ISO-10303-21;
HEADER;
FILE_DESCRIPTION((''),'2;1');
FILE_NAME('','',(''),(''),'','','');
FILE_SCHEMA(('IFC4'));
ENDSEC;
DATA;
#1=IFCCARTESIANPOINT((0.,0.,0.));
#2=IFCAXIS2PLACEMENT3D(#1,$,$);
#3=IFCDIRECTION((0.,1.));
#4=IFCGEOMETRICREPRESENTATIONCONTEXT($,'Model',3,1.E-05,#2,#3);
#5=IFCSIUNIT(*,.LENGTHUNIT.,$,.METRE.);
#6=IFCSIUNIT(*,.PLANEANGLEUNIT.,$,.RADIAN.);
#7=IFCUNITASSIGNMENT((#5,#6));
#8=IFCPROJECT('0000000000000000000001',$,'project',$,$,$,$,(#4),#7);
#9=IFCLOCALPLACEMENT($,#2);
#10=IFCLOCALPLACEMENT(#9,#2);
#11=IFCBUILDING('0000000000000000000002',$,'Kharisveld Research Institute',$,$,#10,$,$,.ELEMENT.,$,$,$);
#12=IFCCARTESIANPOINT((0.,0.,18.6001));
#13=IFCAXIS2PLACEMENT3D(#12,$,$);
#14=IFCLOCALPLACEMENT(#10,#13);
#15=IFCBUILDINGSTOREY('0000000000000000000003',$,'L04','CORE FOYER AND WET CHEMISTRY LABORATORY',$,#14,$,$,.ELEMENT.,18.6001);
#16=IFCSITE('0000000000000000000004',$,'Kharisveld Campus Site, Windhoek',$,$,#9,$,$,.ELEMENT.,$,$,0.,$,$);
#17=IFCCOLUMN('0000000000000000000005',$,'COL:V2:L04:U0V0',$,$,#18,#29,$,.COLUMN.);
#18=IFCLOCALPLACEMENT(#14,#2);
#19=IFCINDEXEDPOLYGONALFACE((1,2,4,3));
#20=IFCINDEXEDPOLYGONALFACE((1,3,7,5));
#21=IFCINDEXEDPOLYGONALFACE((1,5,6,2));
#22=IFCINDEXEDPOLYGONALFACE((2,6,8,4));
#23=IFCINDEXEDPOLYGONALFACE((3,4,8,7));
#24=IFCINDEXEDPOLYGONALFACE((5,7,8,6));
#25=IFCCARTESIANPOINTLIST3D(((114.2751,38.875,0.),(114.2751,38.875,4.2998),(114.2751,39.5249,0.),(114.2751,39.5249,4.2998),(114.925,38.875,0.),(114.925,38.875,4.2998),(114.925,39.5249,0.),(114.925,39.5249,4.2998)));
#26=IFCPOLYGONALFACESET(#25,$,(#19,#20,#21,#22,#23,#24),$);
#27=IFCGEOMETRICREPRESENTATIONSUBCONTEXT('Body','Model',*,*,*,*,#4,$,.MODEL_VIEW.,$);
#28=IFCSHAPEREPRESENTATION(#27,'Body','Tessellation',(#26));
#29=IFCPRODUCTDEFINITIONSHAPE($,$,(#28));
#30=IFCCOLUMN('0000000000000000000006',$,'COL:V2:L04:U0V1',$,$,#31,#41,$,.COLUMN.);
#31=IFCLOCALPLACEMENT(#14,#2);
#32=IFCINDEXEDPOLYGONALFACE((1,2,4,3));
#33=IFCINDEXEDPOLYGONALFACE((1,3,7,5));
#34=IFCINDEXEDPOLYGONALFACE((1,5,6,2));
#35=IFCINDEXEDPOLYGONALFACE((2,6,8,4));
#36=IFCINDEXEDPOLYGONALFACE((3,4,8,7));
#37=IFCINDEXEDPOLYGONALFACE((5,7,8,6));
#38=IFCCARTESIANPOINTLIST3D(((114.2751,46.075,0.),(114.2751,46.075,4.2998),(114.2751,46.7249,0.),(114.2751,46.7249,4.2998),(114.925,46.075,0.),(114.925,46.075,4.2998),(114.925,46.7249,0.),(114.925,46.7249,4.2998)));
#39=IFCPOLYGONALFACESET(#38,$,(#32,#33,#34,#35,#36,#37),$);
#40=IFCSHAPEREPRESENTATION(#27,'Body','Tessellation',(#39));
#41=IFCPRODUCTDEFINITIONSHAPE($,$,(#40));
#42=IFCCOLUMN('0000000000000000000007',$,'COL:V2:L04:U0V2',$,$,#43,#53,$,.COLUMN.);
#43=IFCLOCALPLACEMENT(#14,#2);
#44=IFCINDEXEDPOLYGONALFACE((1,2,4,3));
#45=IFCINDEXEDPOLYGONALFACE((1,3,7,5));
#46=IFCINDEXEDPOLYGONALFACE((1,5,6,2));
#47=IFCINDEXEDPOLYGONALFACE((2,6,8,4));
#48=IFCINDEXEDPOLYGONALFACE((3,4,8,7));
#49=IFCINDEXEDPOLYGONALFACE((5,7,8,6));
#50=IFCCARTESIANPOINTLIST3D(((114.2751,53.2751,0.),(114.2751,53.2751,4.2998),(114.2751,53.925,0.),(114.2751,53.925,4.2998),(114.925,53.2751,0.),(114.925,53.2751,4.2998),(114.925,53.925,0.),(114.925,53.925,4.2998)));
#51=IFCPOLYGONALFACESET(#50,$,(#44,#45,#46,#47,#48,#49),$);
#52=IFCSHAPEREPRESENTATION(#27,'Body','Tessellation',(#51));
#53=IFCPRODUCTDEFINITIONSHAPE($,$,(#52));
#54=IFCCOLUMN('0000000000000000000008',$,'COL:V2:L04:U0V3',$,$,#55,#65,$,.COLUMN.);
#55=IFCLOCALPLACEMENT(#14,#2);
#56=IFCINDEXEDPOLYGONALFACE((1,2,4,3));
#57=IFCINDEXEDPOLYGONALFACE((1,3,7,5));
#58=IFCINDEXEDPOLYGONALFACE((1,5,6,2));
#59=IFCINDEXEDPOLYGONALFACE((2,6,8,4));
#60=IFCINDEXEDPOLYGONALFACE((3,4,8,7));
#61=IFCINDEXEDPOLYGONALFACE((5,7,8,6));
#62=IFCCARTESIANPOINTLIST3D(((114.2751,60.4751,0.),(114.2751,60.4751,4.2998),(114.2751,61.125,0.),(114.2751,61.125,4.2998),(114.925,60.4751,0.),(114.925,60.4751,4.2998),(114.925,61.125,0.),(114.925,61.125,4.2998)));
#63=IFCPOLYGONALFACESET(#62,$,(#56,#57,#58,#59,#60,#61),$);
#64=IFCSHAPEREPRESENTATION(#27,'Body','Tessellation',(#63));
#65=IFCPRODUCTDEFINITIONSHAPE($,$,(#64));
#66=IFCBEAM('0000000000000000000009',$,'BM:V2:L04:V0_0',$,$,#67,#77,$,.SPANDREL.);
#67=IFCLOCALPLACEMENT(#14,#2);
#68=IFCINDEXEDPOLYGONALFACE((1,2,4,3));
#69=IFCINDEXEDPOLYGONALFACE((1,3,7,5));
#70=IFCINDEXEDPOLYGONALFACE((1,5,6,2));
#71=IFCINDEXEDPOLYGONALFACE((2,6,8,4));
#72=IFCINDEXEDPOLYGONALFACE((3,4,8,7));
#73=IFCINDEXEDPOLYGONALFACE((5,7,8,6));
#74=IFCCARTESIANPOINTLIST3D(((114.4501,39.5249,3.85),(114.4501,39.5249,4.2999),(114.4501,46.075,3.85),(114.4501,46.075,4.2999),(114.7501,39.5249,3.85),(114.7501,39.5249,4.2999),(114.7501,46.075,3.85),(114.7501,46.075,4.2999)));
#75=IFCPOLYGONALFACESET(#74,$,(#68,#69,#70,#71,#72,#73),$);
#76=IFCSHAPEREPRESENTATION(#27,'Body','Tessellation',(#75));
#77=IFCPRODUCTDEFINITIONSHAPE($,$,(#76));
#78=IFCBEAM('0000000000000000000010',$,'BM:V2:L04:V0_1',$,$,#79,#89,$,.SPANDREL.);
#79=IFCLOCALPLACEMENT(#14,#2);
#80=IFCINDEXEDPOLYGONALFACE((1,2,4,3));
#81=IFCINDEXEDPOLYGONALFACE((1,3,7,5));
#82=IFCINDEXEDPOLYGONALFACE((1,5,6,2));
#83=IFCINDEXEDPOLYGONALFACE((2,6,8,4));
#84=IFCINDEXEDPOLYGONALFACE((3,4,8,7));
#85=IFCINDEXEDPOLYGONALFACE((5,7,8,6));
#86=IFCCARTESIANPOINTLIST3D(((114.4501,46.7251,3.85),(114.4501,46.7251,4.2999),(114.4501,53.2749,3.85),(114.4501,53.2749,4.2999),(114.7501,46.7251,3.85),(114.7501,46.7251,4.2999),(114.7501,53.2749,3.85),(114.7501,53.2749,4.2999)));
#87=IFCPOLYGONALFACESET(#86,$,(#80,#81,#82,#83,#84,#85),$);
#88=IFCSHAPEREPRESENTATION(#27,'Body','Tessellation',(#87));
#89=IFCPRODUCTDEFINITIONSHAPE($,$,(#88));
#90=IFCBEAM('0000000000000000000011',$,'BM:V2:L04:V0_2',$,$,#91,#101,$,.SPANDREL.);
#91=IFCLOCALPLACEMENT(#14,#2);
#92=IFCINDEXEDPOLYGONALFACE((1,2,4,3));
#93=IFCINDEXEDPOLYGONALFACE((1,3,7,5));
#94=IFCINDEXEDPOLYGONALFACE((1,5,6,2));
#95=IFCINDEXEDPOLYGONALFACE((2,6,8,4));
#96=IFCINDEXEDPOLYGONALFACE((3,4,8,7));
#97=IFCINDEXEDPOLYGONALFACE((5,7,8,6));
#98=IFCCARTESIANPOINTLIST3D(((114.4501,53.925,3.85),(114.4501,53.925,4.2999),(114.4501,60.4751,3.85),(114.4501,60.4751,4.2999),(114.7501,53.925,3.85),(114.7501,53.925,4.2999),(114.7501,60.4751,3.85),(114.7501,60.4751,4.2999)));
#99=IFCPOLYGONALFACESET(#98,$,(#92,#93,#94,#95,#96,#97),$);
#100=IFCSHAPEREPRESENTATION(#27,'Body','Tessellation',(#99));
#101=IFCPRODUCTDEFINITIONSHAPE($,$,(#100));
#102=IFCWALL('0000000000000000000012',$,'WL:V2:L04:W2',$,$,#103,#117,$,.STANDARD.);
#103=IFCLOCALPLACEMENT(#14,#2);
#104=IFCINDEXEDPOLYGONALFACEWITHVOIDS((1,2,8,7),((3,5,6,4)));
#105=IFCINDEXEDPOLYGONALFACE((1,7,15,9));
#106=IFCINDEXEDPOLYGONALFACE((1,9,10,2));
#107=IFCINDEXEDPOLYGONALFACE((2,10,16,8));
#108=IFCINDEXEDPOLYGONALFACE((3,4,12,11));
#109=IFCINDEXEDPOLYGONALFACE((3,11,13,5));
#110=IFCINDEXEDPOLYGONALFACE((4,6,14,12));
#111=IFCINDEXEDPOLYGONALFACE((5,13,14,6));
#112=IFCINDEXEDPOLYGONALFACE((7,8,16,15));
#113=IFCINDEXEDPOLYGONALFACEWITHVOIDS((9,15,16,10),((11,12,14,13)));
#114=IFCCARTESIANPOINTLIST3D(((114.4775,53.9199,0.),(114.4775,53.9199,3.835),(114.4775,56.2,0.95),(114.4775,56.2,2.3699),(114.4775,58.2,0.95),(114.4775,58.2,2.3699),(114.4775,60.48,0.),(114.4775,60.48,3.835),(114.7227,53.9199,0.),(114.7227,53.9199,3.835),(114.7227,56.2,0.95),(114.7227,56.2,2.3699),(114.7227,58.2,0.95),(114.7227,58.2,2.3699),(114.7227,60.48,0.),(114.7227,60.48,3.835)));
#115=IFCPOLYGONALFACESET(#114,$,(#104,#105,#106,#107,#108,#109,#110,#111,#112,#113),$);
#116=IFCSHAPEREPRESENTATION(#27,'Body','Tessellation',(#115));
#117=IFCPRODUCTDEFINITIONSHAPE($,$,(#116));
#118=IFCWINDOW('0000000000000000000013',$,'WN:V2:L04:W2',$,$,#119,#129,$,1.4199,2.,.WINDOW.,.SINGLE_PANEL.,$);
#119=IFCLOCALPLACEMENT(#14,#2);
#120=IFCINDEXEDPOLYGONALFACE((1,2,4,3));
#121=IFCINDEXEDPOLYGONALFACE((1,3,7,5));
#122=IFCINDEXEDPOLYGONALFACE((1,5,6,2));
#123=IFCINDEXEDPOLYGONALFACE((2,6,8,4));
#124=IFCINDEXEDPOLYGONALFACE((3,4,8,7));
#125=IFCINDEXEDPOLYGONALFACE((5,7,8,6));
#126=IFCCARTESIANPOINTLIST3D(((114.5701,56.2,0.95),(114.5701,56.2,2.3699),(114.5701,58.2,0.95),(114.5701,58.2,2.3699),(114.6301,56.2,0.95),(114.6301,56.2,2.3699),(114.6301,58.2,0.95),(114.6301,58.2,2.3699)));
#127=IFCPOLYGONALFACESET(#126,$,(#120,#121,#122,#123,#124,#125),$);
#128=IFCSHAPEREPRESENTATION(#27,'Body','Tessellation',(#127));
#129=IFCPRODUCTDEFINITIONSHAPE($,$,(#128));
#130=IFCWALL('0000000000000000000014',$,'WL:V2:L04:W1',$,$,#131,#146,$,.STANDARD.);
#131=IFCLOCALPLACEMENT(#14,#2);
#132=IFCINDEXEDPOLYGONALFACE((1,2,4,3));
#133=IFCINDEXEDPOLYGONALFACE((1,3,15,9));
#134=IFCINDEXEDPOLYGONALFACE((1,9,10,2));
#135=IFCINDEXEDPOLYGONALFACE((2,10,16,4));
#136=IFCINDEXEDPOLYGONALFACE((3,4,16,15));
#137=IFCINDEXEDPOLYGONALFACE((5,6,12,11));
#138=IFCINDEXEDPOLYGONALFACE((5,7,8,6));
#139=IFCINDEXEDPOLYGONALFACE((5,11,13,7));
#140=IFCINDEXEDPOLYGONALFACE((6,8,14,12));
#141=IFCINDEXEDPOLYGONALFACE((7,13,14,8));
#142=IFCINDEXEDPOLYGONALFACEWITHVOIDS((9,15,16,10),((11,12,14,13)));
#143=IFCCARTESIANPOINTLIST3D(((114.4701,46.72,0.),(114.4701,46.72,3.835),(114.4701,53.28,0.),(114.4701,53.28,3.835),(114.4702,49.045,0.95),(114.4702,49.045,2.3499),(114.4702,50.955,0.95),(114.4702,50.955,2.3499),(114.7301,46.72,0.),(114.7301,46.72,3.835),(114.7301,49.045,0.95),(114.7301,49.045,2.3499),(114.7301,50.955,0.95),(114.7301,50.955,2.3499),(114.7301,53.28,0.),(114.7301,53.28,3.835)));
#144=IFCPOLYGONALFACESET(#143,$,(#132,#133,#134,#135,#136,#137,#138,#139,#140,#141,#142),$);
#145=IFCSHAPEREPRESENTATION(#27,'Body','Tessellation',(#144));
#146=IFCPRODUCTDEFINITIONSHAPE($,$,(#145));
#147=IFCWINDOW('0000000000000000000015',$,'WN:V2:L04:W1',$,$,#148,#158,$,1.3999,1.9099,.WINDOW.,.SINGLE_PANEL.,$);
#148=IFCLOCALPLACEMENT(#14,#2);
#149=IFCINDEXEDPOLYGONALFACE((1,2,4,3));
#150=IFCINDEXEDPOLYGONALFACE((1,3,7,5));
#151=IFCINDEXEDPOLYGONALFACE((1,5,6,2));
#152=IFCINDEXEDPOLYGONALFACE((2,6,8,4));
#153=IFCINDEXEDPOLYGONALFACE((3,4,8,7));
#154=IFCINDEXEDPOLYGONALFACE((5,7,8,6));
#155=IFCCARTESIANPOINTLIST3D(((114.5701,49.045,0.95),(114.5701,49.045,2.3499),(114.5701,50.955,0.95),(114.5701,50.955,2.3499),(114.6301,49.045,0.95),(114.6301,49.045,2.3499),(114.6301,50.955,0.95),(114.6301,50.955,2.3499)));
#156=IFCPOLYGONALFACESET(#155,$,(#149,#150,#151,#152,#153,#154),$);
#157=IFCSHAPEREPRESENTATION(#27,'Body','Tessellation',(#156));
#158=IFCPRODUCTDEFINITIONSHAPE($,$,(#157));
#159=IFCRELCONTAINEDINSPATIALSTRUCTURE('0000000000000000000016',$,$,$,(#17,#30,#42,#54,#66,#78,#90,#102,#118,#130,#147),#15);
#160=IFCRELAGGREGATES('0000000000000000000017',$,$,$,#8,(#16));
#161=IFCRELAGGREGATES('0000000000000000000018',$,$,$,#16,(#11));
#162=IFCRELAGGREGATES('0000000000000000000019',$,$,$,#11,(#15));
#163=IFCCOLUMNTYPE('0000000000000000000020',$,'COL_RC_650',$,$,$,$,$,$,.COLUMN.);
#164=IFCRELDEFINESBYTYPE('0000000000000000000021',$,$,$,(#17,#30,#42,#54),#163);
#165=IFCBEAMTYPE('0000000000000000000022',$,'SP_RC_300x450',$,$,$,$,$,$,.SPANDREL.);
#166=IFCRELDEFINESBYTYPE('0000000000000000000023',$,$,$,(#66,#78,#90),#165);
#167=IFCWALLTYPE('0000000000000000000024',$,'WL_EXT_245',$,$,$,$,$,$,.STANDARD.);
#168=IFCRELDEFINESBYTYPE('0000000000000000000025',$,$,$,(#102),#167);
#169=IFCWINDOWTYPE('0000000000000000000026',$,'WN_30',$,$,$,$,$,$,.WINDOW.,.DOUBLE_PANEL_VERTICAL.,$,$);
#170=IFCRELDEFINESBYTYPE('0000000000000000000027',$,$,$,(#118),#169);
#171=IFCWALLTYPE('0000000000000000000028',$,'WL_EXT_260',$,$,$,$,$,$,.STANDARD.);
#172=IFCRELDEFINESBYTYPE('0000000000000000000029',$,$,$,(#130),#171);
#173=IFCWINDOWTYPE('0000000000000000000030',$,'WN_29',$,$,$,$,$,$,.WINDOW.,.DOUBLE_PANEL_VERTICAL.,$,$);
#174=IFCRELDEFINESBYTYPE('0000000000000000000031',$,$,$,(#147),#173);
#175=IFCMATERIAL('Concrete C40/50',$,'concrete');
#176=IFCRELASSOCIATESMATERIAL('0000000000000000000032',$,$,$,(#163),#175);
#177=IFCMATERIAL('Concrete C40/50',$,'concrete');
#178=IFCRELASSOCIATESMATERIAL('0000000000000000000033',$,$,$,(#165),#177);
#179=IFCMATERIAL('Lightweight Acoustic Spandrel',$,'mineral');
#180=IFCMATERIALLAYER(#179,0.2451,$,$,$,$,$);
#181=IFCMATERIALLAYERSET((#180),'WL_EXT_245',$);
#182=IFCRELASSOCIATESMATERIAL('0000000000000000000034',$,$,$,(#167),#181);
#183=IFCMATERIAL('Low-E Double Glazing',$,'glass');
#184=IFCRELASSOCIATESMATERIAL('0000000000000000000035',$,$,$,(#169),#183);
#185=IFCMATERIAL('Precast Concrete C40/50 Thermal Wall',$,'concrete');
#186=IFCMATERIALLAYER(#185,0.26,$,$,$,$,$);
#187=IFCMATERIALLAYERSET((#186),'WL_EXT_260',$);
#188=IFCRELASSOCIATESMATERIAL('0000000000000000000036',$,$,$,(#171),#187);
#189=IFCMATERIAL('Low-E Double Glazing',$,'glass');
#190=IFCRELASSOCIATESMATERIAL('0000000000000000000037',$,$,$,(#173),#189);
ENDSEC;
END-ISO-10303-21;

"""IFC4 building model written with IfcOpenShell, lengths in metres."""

from ifc_helpers import new_model, si_unit, direction, frame, frame_2d, origin, origin_2d, place, context, subcontext, project, spatial, rectangle, extrude, material, layer, layer_set, material_profile, profile_set, type_object, element, fill, save


model = new_model("IFC4")

# Units and contexts
model_context = context("Model", 3, precision=1e-05, world=origin(), true_north=direction((0.0, 1.0)))
body_context = subcontext(model_context, "Body", "Model", "MODEL_VIEW")
ifc_project = project(units=[si_unit("LENGTHUNIT", "METRE"), si_unit("PLANEANGLEUNIT", "RADIAN")], contexts=[model_context])

# Site, building, storey
site_placement = place(None, origin())
site = spatial("IfcSite", under=ifc_project, at=site_placement, Name="Kharisveld Campus Site, Windhoek", CompositionType="ELEMENT", RefElevation=0.0)
building_placement = place(site_placement, origin())
building = spatial("IfcBuilding", under=site, at=building_placement, Name="Kharisveld Research Institute", CompositionType="ELEMENT")
storey_placement = place(building_placement, frame((0.0, 0.0, 18.6001)))
storey = spatial("IfcBuildingStorey", under=building, at=storey_placement, Name="L04", Description="CORE FOYER AND WET CHEMISTRY LABORATORY", CompositionType="ELEMENT", Elevation=18.6001)

# Columns
ifc_material_1 = material(Name="Concrete C40/50", Category="concrete")
ifc_material_profile_1 = material_profile(ifc_material_1, rectangle(XDim=0.6499, YDim=0.6499, at=origin_2d()))
ifc_profile_set_1 = profile_set([ifc_material_profile_1], Name="Concrete C40/50")
column_type = type_object("IfcColumnType", Name="COL_RC_650", PredefinedType="COLUMN", material=ifc_profile_set_1)
for number, where, z_axis, x_axis, name in (
    (1, (114.6001, 39.2, 0.0), (0.0, 0.0, 1.0), (1.0, 0.0, 0.0), "COL:V2:L04:U0V0"),
    (2, (114.6001, 46.3999, 0.0), (0.0, 0.0, 1.0), (1.0, 0.0, 0.0), "COL:V2:L04:U0V1"),
    (3, (114.6001, 53.6001, 0.0), (0.0, 0.0, 1.0), (1.0, 0.0, 0.0), "COL:V2:L04:U0V2"),
    (4, (114.6001, 60.8, 0.0), (0.0, 0.0, 1.0), (1.0, 0.0, 0.0), "COL:V2:L04:U0V3"),
):
    element("IfcColumn", number, at=place(storey_placement, frame(where, z_axis=z_axis, x_axis=x_axis)), inside=storey, type_object=column_type, Name=name, PredefinedType="COLUMN", context=body_context, shape_type="SweptSolid", body=[
        extrude(rectangle(XDim=0.6499, YDim=0.6499, at=origin_2d()), origin(), (0.0, 0.0, 1.0), 4.2998),
    ])

# Beams
ifc_material_2 = material(Name="Concrete C40/50", Category="concrete")
ifc_material_profile_2 = material_profile(ifc_material_2, rectangle(XDim=0.3, YDim=0.45, at=origin_2d()))
ifc_profile_set_2 = profile_set([ifc_material_profile_2], Name="Concrete C40/50")
beam_type = type_object("IfcBeamType", Name="SP_RC_300x450", PredefinedType="SPANDREL", material=ifc_profile_set_2)
beam_1_placement = place(storey_placement, frame((114.6001, 39.5249, 4.075), z_axis=(0.0, 1.0, 0.0), x_axis=(-1.0, 0.0, 0.0)))
element("IfcBeam", 5, at=beam_1_placement, inside=storey, type_object=beam_type, Name="BM:V2:L04:V0_0", PredefinedType="SPANDREL", context=body_context, shape_type="SweptSolid", body=[
    extrude(rectangle(XDim=0.3, YDim=0.45, at=origin_2d()), origin(), (0.0, 0.0, 1.0), 6.55),
])
beam_2_placement = place(storey_placement, frame((114.6001, 46.7251, 4.075), z_axis=(0.0, 1.0, 0.0), x_axis=(-1.0, 0.0, 0.0)))
element("IfcBeam", 6, at=beam_2_placement, inside=storey, type_object=beam_type, Name="BM:V2:L04:V0_1", PredefinedType="SPANDREL", context=body_context, shape_type="SweptSolid", body=[
    extrude(rectangle(XDim=0.3, YDim=0.45, at=origin_2d()), origin(), (0.0, 0.0, 1.0), 6.5498),
])
beam_3_placement = place(storey_placement, frame((114.6001, 53.925, 4.075), z_axis=(0.0, 1.0, 0.0), x_axis=(-1.0, 0.0, 0.0)))
element("IfcBeam", 7, at=beam_3_placement, inside=storey, type_object=beam_type, Name="BM:V2:L04:V0_2", PredefinedType="SPANDREL", context=body_context, shape_type="SweptSolid", body=[
    extrude(rectangle(XDim=0.3, YDim=0.45, at=origin_2d()), origin(), (0.0, 0.0, 1.0), 6.55),
])

# Walls, openings, windows
ifc_material_3 = material(Name="Lightweight Acoustic Spandrel", Category="mineral")
ifc_layer_1 = layer(ifc_material_3, 0.2451)
ifc_layer_set_1 = layer_set([ifc_layer_1], Name="WL_EXT_245")
wall_type_1 = type_object("IfcWallType", Name="WL_EXT_245", PredefinedType="STANDARD", material=ifc_layer_set_1)
wall_1_placement = place(storey_placement, frame((114.6001, 53.9199, 0.0), z_axis=(0.0, 0.0, 1.0), x_axis=(0.0, 1.0, 0.0)))
wall_1 = element("IfcWall", 8, at=wall_1_placement, inside=storey, type_object=wall_type_1, Name="WL:V2:L04:W2", PredefinedType="STANDARD", context=body_context, shape_type="SweptSolid", body=[
    extrude(rectangle(XDim=6.5601, YDim=0.2451, at=frame_2d((3.28, 0.0))), origin(), (0.0, 0.0, 1.0), 3.835),
])
opening_1_placement = place(wall_1_placement, frame((2.28, 0.0, 0.95)))
opening_1 = element("IfcOpeningElement", 9, at=opening_1_placement, cuts=wall_1, PredefinedType="OPENING", context=body_context, shape_type="SweptSolid", body=[
    extrude(rectangle(XDim=2.0, YDim=1.4199, at=frame_2d((1.0, 0.71))), frame((0.0, 0.1226, 0.0), z_axis=(0.0, -1.0, 0.0), x_axis=(1.0, 0.0, 0.0)), (0.0, 0.0, 1.0), 0.2451),
])
ifc_material_4 = material(Name="Low-E Double Glazing", Category="glass")
window_type_1 = type_object("IfcWindowType", Name="WN_30", PartitioningType="DOUBLE_PANEL_VERTICAL", PredefinedType="WINDOW", material=ifc_material_4)
window_1_placement = place(opening_1_placement, origin())
window_1 = element("IfcWindow", 10, at=window_1_placement, inside=storey, type_object=window_type_1, Name="WN:V2:L04:W2", OverallHeight=1.4199, OverallWidth=2.0, PartitioningType="SINGLE_PANEL", PredefinedType="WINDOW", context=body_context, shape_type="SweptSolid", body=[
    extrude(rectangle(XDim=2.0, YDim=1.4199, at=frame_2d((1.0, 0.71))), frame((0.0, 0.03, 0.0), z_axis=(0.0, -1.0, 0.0), x_axis=(1.0, 0.0, 0.0)), (0.0, 0.0, 1.0), 0.0601),
])
fill(opening_1, window_1)
ifc_material_5 = material(Name="Precast Concrete C40/50 Thermal Wall", Category="concrete")
ifc_layer_2 = layer(ifc_material_5, 0.26)
ifc_layer_set_2 = layer_set([ifc_layer_2], Name="WL_EXT_260")
wall_type_2 = type_object("IfcWallType", Name="WL_EXT_260", PredefinedType="STANDARD", material=ifc_layer_set_2)
wall_2_placement = place(storey_placement, frame((114.6001, 46.72, 0.0), z_axis=(0.0, 0.0, 1.0), x_axis=(0.0, 1.0, 0.0)))
wall_2 = element("IfcWall", 11, at=wall_2_placement, inside=storey, type_object=wall_type_2, Name="WL:V2:L04:W1", PredefinedType="STANDARD", context=body_context, shape_type="SweptSolid", body=[
    extrude(rectangle(XDim=6.5601, YDim=0.26, at=frame_2d((3.28, 0.0))), origin(), (0.0, 0.0, 1.0), 3.835),
])
opening_2_placement = place(wall_2_placement, frame((2.325, 0.0, 0.95)))
opening_2 = element("IfcOpeningElement", 12, at=opening_2_placement, cuts=wall_2, PredefinedType="OPENING", context=body_context, shape_type="SweptSolid", body=[
    extrude(rectangle(XDim=1.9099, YDim=1.3999, at=frame_2d((0.9551, 0.7))), frame((0.0, 0.1299, 0.0), z_axis=(0.0, -1.0, 0.0), x_axis=(1.0, 0.0, 0.0)), (0.0, 0.0, 1.0), 0.26),
])
ifc_material_6 = material(Name="Low-E Double Glazing", Category="glass")
window_type_2 = type_object("IfcWindowType", Name="WN_29", PartitioningType="DOUBLE_PANEL_VERTICAL", PredefinedType="WINDOW", material=ifc_material_6)
window_2_placement = place(opening_2_placement, origin())
window_2 = element("IfcWindow", 13, at=window_2_placement, inside=storey, type_object=window_type_2, Name="WN:V2:L04:W1", OverallHeight=1.3999, OverallWidth=1.9099, PartitioningType="SINGLE_PANEL", PredefinedType="WINDOW", context=body_context, shape_type="SweptSolid", body=[
    extrude(rectangle(XDim=1.9099, YDim=1.3999, at=frame_2d((0.9551, 0.7))), frame((0.0, 0.03, 0.0), z_axis=(0.0, -1.0, 0.0), x_axis=(1.0, 0.0, 0.0)), (0.0, 0.0, 1.0), 0.0601),
])
fill(opening_2, window_2)

save(model, "model.ifc")
